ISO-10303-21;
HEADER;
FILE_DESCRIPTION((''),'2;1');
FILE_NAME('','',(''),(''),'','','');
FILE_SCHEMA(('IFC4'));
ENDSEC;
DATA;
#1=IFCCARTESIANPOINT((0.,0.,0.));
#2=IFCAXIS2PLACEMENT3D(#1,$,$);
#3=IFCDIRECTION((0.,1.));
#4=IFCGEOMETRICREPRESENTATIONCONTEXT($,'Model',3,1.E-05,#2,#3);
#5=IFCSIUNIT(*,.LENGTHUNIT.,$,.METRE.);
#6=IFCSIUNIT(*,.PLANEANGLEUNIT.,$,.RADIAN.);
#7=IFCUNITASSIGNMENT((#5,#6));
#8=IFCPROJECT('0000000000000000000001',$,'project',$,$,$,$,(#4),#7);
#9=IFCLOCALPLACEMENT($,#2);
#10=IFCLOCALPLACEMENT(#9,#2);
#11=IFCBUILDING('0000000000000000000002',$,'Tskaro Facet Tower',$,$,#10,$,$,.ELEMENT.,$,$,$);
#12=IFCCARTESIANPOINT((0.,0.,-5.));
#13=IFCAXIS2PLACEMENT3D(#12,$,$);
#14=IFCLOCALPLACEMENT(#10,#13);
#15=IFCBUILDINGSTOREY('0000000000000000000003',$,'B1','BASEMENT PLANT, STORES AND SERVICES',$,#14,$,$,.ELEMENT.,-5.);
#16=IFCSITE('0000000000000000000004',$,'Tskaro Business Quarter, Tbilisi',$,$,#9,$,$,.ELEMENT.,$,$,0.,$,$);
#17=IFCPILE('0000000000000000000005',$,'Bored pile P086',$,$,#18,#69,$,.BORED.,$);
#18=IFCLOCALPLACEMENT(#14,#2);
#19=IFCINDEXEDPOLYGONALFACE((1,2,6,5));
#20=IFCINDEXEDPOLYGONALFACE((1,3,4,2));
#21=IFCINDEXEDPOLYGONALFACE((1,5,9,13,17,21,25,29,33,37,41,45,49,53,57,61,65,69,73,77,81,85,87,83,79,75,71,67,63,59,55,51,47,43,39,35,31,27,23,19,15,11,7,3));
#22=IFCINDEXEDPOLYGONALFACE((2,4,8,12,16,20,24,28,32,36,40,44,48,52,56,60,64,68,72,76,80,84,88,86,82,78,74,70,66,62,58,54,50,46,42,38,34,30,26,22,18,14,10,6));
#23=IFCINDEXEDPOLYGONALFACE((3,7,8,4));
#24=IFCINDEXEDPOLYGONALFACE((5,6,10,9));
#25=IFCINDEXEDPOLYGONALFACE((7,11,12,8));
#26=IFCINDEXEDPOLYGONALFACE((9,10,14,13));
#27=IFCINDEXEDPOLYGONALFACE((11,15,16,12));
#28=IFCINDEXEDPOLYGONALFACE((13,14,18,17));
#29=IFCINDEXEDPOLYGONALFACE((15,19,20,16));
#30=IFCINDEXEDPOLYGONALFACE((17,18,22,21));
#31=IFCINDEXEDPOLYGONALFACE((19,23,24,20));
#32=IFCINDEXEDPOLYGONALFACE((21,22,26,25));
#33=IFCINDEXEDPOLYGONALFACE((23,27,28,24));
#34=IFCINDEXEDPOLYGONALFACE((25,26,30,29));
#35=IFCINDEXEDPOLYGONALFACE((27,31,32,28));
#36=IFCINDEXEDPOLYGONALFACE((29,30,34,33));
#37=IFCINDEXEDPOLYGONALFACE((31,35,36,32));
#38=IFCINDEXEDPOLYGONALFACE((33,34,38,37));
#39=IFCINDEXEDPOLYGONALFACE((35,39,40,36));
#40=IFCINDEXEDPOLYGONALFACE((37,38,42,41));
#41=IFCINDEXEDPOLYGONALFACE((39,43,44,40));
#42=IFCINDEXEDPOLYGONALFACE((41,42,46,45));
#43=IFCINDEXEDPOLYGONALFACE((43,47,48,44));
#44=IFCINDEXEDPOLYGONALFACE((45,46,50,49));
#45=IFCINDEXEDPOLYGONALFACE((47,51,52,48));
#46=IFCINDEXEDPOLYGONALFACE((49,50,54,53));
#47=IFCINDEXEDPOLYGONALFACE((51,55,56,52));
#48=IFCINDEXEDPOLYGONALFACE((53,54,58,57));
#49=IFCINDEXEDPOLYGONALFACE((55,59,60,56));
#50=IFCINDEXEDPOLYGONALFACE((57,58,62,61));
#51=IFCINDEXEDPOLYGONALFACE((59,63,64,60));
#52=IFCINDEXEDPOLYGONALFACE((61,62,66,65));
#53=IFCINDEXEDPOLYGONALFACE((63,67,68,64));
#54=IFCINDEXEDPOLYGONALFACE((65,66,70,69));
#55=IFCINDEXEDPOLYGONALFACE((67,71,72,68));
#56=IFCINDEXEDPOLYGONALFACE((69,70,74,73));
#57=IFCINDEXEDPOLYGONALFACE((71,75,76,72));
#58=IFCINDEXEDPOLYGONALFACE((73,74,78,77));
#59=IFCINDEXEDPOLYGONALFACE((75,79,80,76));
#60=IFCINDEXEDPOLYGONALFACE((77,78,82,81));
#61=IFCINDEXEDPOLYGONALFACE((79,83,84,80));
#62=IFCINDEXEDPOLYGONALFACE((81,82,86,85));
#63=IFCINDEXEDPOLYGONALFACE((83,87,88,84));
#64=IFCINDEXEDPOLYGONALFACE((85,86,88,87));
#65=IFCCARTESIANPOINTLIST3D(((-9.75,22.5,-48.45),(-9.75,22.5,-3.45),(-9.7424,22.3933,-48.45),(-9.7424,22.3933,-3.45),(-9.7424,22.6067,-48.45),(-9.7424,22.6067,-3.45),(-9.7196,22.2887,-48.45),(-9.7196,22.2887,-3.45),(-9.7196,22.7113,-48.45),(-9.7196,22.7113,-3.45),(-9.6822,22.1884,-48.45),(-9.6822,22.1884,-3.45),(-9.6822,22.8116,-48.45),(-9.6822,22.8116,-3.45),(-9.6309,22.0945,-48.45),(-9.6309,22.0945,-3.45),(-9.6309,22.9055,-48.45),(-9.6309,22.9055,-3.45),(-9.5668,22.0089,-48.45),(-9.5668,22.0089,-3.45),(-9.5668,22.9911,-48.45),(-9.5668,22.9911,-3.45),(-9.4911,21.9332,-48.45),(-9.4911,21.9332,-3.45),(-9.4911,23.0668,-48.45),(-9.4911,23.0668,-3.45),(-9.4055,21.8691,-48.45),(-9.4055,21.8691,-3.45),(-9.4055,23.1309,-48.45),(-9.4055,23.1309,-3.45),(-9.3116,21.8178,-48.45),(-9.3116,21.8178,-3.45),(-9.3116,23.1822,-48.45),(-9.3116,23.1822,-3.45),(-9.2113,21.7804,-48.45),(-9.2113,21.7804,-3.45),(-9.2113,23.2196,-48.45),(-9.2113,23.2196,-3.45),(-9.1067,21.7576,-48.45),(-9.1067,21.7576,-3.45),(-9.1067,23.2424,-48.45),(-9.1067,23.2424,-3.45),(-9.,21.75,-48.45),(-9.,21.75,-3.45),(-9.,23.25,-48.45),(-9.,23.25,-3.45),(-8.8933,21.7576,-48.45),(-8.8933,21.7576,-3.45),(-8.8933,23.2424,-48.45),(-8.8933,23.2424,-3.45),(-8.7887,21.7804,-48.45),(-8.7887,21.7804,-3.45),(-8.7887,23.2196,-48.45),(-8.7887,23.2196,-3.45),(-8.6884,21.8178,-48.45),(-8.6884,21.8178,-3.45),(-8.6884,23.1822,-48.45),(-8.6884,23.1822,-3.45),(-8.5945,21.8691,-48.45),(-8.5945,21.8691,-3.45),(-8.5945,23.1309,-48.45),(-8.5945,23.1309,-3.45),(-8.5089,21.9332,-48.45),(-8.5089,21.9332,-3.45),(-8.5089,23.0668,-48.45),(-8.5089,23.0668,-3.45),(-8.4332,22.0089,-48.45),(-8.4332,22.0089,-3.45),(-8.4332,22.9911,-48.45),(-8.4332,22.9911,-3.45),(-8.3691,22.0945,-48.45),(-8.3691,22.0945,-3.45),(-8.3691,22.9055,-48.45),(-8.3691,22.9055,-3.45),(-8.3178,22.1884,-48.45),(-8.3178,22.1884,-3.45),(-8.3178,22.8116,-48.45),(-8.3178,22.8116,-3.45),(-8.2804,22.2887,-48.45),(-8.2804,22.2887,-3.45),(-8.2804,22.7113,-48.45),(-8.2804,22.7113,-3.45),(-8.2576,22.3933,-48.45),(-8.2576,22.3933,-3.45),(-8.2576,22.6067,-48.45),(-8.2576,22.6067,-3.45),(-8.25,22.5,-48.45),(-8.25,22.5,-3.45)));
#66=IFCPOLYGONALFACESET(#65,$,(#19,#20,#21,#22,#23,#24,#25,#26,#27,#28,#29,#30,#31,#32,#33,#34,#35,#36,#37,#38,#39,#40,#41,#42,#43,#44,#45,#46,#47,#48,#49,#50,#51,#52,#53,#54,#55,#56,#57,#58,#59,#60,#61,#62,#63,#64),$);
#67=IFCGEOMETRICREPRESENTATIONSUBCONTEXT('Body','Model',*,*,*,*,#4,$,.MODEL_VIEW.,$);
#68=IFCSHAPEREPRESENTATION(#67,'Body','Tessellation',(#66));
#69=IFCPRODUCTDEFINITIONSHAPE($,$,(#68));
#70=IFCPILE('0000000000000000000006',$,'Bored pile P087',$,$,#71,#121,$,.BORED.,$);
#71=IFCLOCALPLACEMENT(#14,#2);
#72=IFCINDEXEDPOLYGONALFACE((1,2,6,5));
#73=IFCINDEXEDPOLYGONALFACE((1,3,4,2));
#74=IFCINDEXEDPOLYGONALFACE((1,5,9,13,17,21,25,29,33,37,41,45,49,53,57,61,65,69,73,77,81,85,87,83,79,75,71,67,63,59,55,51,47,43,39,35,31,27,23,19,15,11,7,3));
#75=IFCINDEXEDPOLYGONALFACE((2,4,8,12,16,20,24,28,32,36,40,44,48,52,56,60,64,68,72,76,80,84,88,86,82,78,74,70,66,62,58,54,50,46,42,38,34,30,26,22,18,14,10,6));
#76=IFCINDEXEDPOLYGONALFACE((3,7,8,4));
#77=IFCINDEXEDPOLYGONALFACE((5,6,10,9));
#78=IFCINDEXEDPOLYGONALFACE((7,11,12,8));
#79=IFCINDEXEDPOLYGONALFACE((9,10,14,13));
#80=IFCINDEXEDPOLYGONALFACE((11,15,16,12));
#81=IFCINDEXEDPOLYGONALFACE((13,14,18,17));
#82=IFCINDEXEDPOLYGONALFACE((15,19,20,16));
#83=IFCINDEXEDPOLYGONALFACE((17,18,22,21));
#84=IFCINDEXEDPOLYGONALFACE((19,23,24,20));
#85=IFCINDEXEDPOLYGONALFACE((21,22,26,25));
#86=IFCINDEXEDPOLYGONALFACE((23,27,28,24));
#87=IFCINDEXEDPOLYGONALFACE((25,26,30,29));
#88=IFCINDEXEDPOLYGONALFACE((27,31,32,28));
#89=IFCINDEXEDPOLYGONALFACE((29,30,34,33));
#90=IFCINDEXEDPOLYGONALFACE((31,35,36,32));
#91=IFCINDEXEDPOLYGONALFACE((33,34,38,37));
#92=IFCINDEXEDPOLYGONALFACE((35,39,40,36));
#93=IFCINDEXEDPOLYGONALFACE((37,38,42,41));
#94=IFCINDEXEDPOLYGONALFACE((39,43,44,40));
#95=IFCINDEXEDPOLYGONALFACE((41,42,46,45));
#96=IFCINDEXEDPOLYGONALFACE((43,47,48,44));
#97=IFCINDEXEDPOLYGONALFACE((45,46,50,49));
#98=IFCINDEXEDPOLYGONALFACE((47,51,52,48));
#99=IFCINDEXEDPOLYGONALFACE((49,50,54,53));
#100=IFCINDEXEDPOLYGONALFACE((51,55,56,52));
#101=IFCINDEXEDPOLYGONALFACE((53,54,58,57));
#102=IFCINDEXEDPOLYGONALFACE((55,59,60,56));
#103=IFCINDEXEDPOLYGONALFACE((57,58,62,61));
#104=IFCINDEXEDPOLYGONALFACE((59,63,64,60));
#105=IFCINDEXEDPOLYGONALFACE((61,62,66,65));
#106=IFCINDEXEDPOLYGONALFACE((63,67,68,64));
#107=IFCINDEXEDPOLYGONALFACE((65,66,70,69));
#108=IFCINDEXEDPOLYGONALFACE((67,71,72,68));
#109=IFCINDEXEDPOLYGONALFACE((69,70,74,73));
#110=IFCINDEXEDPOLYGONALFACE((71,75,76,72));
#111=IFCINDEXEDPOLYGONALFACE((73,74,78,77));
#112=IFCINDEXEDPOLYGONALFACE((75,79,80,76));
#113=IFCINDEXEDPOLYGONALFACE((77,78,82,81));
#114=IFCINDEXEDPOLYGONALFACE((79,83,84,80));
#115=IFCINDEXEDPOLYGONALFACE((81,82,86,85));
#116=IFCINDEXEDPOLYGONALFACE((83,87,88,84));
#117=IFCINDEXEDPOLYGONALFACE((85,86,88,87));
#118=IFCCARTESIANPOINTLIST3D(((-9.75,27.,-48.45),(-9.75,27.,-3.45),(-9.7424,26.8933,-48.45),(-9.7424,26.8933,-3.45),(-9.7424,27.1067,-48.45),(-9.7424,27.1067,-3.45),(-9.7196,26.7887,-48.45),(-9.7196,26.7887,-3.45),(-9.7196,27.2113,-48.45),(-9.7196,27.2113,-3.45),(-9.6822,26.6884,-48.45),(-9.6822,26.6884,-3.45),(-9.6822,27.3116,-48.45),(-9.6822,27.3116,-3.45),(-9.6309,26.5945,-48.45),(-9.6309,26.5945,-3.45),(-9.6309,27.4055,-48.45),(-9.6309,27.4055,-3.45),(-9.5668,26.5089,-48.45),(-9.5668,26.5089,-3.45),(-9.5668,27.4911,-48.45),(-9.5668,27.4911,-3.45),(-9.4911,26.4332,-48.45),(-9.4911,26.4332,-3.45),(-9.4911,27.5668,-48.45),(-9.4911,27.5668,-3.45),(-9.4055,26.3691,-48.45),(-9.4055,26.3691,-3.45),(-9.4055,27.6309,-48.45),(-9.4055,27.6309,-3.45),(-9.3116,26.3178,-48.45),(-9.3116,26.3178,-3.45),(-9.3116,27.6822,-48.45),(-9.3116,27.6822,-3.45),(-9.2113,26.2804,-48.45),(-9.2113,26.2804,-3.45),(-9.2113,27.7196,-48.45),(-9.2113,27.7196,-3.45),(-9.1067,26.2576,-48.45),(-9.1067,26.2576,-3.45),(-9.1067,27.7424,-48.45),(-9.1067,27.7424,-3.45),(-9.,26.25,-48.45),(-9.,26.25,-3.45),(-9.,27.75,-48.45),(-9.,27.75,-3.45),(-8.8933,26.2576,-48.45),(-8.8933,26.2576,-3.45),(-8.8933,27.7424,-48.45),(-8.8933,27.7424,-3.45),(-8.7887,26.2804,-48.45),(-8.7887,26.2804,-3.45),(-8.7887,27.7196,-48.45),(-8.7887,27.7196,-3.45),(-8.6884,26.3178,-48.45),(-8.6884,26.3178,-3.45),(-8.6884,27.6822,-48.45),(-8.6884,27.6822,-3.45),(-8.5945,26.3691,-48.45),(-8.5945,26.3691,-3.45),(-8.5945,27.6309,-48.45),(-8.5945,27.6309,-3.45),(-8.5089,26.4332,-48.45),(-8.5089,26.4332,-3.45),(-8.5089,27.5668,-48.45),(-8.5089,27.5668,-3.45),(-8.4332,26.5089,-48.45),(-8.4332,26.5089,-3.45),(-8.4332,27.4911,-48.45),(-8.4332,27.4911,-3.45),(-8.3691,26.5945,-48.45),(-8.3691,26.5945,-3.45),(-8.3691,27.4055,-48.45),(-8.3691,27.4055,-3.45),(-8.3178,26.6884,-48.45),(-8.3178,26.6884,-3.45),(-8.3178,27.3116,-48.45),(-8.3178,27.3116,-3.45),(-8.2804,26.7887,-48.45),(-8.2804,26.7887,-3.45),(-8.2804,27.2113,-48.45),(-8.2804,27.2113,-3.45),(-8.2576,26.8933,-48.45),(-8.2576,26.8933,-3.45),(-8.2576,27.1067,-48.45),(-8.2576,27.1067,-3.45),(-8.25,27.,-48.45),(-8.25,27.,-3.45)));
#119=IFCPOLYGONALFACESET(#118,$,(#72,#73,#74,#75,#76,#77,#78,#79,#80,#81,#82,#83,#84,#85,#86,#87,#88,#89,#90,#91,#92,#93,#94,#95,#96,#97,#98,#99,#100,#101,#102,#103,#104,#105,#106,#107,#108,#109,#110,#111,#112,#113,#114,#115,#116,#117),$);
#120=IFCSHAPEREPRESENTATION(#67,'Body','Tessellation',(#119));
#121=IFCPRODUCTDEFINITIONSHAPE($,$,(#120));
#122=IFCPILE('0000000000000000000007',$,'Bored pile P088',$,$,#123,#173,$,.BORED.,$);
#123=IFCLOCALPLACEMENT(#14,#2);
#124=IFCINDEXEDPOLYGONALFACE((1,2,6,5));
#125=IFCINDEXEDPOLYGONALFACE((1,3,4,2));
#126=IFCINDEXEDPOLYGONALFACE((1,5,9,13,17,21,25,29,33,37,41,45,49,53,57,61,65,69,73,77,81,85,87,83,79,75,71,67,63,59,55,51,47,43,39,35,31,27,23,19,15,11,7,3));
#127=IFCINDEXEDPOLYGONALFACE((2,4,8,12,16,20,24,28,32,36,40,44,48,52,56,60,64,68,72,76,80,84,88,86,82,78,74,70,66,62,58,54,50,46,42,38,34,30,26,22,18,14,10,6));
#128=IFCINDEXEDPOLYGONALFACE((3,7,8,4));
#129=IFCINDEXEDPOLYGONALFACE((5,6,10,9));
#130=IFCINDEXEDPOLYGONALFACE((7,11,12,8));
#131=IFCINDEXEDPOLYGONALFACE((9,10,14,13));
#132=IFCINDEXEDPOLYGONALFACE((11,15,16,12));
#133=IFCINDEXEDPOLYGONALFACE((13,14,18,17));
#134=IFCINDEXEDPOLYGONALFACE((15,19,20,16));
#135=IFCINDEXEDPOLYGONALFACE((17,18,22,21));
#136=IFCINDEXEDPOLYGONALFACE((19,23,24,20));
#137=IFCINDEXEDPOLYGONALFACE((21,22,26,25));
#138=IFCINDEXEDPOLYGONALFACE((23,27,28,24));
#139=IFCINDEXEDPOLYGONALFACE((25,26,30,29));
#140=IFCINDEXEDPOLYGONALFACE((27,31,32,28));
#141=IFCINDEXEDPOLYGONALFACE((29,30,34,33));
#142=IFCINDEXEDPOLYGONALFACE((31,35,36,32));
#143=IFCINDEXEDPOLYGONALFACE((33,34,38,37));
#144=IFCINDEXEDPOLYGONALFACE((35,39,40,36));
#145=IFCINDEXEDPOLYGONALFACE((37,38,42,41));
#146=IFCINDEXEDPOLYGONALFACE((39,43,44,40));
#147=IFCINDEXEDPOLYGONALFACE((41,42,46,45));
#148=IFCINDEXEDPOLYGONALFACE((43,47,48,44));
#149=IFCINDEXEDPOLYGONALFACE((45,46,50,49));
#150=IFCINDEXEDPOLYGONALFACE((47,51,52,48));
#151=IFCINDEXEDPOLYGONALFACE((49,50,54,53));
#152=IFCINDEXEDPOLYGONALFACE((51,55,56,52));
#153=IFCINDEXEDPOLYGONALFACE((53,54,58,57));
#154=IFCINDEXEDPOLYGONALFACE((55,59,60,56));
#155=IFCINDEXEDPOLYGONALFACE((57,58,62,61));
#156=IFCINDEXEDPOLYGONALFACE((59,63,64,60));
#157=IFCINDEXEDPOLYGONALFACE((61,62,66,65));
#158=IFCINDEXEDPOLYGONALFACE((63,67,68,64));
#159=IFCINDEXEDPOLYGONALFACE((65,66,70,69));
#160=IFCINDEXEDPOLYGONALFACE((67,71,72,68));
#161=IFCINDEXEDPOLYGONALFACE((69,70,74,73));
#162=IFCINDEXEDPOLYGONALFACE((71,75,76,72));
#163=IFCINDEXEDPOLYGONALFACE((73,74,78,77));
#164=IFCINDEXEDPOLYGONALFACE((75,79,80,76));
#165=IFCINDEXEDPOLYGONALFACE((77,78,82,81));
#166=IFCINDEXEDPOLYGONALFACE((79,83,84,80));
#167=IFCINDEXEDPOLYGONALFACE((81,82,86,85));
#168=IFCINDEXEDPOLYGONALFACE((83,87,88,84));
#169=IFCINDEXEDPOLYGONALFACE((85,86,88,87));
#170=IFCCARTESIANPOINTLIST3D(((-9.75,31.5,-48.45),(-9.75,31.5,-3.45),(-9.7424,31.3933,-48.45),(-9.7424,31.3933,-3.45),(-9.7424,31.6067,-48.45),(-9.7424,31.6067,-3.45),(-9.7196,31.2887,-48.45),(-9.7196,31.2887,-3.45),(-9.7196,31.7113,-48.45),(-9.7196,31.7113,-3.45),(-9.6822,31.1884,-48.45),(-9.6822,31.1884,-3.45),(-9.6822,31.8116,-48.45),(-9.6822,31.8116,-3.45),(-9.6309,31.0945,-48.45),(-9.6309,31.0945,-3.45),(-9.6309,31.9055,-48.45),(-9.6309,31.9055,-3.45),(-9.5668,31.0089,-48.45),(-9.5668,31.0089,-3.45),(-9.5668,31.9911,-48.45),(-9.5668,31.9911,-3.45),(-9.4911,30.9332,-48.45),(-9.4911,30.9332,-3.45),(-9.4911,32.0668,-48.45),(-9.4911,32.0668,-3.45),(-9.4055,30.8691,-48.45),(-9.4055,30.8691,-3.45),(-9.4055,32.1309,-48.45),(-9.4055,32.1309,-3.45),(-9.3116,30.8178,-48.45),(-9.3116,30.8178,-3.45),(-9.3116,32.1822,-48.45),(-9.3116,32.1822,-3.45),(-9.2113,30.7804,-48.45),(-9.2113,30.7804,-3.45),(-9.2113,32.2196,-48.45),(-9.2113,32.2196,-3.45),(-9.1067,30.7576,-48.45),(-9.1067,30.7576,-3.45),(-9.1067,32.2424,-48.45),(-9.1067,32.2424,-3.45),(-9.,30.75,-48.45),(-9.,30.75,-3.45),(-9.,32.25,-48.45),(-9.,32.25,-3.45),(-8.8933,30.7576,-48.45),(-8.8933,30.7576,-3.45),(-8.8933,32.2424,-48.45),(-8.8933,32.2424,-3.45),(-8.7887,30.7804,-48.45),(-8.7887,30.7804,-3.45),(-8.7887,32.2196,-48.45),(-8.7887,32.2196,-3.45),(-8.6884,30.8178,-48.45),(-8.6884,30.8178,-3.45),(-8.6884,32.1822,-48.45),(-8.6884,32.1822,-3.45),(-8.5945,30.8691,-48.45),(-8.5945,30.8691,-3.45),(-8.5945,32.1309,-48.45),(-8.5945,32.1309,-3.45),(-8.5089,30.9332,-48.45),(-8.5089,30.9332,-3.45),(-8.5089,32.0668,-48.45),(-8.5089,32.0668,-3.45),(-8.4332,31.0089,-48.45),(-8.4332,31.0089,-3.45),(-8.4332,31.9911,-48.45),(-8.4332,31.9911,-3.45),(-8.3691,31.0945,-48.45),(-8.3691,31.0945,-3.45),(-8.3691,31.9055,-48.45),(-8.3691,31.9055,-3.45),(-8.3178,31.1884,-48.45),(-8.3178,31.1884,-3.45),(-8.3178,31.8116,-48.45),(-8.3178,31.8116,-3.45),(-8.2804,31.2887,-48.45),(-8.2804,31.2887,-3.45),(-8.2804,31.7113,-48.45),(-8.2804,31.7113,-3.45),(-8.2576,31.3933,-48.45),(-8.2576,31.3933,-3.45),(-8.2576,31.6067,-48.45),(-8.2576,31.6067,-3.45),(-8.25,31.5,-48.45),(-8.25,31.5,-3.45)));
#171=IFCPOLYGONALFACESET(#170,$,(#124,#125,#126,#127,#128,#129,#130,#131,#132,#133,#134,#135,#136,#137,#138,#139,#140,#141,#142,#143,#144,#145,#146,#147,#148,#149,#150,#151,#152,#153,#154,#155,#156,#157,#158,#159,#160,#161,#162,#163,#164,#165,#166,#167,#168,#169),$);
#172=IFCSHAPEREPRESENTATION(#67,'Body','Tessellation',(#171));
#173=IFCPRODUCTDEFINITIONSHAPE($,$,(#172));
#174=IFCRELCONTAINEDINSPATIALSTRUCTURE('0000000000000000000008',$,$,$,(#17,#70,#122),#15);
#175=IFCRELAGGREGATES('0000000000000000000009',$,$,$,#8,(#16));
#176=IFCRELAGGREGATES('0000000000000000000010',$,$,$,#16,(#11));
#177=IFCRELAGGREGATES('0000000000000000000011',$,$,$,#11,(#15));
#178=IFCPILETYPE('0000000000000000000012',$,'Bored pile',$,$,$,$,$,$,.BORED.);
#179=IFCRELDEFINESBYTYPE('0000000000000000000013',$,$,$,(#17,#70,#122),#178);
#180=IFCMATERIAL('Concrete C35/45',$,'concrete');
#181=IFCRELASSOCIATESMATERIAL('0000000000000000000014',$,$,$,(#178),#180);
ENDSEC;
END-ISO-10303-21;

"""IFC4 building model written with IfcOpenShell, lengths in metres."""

from ifc_helpers import new_model, si_unit, direction, frame, origin, origin_2d, place, context, subcontext, project, spatial, circle, extrude, material, material_profile, profile_set, type_object, element, save


model = new_model("IFC4")

# Units and contexts
model_context = context("Model", 3, precision=1e-05, world=origin(), true_north=direction((0.0, 1.0)))
body_context = subcontext(model_context, "Body", "Model", "MODEL_VIEW")
ifc_project = project(units=[si_unit("LENGTHUNIT", "METRE"), si_unit("PLANEANGLEUNIT", "RADIAN")], contexts=[model_context])

# Site, building, storey
site_placement = place(None, origin())
site = spatial("IfcSite", under=ifc_project, at=site_placement, Name="Tskaro Business Quarter, Tbilisi", CompositionType="ELEMENT", RefElevation=0.0)
building_placement = place(site_placement, origin())
building = spatial("IfcBuilding", under=site, at=building_placement, Name="Tskaro Facet Tower", CompositionType="ELEMENT")
storey_placement = place(building_placement, frame((0.0, 0.0, -5.0)))
storey = spatial("IfcBuildingStorey", under=building, at=storey_placement, Name="B1", Description="BASEMENT PLANT, STORES AND SERVICES", CompositionType="ELEMENT", Elevation=-5.0)

# Piles
ifc_material_1 = material(Name="Concrete C35/45", Category="concrete")
ifc_material_profile_1 = material_profile(ifc_material_1, circle(Radius=0.75, at=origin_2d()), Name="Bored pile")
ifc_profile_set_1 = profile_set([ifc_material_profile_1], Name="Concrete C35/45")
pile_type = type_object("IfcPileType", Name="Bored pile", PredefinedType="BORED", material=ifc_profile_set_1)
for number, where, z_axis, x_axis, name in (
    (1, (-9.0, 22.5, -3.45), (0.0, 0.0, -1.0), (1.0, 0.0, 0.0), "Bored pile P086"),
    (2, (-9.0, 27.0, -3.45), (0.0, 0.0, -1.0), (1.0, 0.0, 0.0), "Bored pile P087"),
    (3, (-9.0, 31.5, -3.45), (0.0, 0.0, -1.0), (1.0, 0.0, 0.0), "Bored pile P088"),
):
    element("IfcPile", number, at=place(storey_placement, frame(where, z_axis=z_axis, x_axis=x_axis)), inside=storey, type_object=pile_type, Name=name, PredefinedType="BORED", context=body_context, shape_type="SweptSolid", body=[
        extrude(circle(Radius=0.75, at=origin_2d()), origin(), (0.0, 0.0, 1.0), 45.0),
    ])

save(model, "model.ifc")
